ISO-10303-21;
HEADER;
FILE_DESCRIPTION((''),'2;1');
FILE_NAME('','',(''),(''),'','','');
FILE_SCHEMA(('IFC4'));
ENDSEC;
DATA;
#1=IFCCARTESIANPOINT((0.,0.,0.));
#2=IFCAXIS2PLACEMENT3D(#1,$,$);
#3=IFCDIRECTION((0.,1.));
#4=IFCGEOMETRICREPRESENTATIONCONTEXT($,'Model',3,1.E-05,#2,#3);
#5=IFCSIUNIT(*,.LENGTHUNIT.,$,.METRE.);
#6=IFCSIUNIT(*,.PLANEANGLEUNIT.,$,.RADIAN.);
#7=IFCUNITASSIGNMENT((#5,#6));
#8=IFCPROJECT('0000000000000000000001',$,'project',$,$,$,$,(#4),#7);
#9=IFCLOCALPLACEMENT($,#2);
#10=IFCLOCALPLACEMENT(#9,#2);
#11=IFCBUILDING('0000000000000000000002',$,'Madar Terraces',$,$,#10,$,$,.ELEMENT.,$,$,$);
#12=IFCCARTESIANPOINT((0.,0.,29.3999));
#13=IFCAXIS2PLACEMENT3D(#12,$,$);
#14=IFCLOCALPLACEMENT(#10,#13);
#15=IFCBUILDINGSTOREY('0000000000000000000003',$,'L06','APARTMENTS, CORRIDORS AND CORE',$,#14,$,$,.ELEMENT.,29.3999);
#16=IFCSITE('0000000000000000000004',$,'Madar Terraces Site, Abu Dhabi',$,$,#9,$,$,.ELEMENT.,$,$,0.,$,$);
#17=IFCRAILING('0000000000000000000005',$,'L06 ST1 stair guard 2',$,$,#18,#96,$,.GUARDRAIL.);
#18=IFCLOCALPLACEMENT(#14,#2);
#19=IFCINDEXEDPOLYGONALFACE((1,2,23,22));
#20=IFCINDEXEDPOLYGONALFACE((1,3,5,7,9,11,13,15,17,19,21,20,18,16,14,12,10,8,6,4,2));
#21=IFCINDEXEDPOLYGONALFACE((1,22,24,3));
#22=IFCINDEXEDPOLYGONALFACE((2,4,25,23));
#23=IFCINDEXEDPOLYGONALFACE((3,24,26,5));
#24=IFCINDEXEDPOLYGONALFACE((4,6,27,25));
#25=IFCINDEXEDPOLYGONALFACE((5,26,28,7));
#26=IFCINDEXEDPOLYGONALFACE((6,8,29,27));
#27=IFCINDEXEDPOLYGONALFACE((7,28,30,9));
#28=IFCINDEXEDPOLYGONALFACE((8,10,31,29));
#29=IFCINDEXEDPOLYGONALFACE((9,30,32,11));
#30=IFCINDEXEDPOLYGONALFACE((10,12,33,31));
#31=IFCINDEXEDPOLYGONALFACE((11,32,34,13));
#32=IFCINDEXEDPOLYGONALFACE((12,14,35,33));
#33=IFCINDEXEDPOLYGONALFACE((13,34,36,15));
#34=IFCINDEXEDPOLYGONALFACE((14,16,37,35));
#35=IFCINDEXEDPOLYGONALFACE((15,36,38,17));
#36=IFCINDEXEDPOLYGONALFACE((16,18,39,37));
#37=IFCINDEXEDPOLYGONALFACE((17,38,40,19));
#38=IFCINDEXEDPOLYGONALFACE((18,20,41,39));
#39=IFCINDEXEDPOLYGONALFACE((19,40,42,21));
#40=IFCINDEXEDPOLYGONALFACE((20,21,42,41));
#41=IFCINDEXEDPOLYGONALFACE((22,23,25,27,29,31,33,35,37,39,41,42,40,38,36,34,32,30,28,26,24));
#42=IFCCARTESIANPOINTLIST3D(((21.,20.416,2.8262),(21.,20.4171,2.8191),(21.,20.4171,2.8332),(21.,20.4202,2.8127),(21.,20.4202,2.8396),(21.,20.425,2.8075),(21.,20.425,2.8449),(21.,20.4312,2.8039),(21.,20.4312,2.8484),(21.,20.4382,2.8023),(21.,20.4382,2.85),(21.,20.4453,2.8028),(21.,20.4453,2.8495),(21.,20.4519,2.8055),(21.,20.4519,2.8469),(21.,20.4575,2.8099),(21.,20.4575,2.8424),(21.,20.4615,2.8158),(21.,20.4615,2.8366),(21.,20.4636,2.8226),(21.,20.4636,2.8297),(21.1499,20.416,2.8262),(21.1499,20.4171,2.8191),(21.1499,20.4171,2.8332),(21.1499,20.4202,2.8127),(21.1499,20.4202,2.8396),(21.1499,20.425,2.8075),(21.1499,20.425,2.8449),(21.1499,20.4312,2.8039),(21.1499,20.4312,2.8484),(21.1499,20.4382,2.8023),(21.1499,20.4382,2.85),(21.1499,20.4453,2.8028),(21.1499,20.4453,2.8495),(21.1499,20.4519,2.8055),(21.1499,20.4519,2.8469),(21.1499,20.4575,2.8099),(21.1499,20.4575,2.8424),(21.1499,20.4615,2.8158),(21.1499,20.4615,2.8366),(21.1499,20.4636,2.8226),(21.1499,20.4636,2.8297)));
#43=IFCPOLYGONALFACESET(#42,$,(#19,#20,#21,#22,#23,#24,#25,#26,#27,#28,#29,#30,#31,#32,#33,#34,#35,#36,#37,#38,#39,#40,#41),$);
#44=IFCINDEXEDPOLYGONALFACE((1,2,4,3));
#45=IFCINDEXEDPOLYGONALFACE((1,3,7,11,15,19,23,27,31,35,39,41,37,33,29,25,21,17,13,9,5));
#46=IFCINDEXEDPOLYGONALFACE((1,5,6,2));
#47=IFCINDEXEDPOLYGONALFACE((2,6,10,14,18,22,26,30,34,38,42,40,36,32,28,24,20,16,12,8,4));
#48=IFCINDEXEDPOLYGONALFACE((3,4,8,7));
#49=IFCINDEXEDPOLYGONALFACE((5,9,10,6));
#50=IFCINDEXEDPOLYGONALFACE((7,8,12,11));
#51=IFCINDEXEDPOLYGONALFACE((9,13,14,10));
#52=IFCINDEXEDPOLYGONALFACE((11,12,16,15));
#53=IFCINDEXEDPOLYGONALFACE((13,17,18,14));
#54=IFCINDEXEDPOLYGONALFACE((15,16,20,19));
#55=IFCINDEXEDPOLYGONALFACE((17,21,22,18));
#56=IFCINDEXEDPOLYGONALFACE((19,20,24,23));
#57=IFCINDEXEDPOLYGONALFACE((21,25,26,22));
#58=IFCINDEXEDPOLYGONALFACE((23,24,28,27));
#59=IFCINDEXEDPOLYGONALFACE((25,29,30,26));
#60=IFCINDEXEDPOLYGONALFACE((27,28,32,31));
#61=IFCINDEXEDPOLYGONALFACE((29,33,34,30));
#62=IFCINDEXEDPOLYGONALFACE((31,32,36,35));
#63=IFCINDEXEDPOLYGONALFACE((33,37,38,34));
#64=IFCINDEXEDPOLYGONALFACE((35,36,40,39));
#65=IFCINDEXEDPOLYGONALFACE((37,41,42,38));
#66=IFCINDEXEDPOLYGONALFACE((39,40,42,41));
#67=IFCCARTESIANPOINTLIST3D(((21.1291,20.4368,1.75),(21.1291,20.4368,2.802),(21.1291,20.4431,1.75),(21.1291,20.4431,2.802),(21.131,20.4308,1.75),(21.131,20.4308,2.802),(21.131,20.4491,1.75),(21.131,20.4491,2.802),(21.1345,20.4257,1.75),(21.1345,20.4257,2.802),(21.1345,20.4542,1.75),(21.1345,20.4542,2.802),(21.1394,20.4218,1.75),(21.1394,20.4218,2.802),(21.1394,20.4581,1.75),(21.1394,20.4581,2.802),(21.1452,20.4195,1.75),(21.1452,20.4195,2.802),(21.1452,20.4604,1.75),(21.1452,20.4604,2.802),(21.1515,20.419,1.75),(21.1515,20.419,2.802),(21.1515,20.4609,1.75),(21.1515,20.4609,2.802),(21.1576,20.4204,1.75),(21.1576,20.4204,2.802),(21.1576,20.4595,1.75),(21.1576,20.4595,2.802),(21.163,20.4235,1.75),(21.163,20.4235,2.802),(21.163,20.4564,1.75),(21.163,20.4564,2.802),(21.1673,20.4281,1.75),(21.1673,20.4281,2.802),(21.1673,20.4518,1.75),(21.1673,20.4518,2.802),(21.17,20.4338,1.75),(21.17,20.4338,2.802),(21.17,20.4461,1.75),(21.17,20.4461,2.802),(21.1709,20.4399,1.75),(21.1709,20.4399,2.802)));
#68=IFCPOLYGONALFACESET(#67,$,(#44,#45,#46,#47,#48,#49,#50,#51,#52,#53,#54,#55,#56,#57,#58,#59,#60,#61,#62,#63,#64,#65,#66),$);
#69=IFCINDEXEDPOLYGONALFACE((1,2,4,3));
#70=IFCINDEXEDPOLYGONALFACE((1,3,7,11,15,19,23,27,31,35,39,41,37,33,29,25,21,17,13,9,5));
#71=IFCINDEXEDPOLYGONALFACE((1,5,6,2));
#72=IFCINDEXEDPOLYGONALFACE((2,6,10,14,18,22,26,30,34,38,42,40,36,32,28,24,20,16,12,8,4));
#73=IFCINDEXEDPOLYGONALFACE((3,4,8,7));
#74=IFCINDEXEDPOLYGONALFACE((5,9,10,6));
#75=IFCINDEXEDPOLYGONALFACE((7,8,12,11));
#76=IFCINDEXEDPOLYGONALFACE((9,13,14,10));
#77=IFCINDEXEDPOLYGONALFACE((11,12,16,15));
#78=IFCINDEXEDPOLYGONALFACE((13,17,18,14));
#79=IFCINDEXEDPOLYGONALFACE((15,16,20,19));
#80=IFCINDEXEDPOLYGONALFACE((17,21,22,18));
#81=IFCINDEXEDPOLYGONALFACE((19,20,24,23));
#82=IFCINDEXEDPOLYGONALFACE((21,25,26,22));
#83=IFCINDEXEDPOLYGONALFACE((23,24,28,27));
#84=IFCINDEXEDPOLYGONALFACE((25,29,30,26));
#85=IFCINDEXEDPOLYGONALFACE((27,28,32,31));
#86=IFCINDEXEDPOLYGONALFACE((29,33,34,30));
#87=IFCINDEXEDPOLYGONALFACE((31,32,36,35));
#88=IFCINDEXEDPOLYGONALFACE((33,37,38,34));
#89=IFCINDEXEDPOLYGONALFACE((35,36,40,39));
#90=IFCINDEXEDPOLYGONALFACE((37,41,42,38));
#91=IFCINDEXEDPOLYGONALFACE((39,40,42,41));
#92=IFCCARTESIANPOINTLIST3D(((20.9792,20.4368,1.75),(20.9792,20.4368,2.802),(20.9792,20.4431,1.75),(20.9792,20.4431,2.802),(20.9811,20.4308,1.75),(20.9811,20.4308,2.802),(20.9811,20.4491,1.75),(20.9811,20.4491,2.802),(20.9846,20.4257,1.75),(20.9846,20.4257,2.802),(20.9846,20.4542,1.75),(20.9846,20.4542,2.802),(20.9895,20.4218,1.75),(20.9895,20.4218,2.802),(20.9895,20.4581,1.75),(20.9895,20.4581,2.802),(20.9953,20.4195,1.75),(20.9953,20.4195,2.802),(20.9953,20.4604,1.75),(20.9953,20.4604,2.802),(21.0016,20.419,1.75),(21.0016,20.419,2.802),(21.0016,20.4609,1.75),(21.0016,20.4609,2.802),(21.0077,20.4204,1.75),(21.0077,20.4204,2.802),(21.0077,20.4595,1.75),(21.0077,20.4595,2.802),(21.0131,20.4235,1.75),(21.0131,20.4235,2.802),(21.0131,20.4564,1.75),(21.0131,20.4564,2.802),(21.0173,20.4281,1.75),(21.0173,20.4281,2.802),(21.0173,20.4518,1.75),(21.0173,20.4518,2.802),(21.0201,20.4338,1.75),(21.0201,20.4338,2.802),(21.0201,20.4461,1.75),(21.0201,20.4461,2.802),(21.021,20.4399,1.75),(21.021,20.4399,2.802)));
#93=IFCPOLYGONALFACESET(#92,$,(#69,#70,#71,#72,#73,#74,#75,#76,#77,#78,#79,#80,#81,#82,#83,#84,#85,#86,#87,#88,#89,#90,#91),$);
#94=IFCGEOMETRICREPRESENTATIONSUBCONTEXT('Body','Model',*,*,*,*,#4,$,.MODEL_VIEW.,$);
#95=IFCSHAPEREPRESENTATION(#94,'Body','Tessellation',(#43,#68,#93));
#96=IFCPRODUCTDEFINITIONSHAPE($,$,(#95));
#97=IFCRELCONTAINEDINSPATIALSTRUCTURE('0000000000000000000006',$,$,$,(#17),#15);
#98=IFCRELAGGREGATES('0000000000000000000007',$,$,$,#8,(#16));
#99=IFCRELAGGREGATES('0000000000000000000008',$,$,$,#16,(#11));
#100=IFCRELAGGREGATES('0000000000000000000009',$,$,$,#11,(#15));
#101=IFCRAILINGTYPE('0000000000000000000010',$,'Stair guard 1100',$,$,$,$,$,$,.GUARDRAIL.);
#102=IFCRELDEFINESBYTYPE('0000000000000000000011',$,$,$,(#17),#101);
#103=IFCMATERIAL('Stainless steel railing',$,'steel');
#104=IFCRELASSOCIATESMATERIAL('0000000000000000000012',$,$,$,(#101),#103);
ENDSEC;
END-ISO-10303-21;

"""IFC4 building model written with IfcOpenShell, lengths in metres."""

from ifc_helpers import new_model, si_unit, direction, frame, origin, origin_2d, place, context, subcontext, project, spatial, circle, extrude, material, type_object, element, save


model = new_model("IFC4")

# Units and contexts
model_context = context("Model", 3, precision=1e-05, world=origin(), true_north=direction((0.0, 1.0)))
body_context = subcontext(model_context, "Body", "Model", "MODEL_VIEW")
ifc_project = project(units=[si_unit("LENGTHUNIT", "METRE"), si_unit("PLANEANGLEUNIT", "RADIAN")], contexts=[model_context])

# Site, building, storey
site_placement = place(None, origin())
site = spatial("IfcSite", under=ifc_project, at=site_placement, Name="Madar Terraces Site, Abu Dhabi", CompositionType="ELEMENT", RefElevation=0.0)
building_placement = place(site_placement, origin())
building = spatial("IfcBuilding", under=site, at=building_placement, Name="Madar Terraces", CompositionType="ELEMENT")
storey_placement = place(building_placement, frame((0.0, 0.0, 29.3999)))
storey = spatial("IfcBuildingStorey", under=building, at=storey_placement, Name="L06", Description="APARTMENTS, CORRIDORS AND CORE", CompositionType="ELEMENT", Elevation=29.3999)

# Railing
ifc_material_1 = material(Name="Stainless steel railing", Category="steel")
railing_type_1 = type_object("IfcRailingType", Name="Stair guard 1100", PredefinedType="GUARDRAIL", material=ifc_material_1)
railing_1_placement = place(storey_placement, frame((21.1499, 20.4399, 1.75)))
element("IfcRailing", 1, at=railing_1_placement, inside=storey, type_object=railing_type_1, Name="L06 ST1 stair guard 2", PredefinedType="GUARDRAIL", context=body_context, shape_type="SweptSolid", body=[
    extrude(circle(Radius=0.0239, at=origin_2d()), frame((0.0, 0.0, 1.0762), z_axis=(-1.0, 0.0, 0.0), x_axis=(0.0, -1.0, 0.0)), (0.0, 0.0, 1.0), 0.1499),
    extrude(circle(Radius=0.021, at=origin_2d()), origin(), (0.0, 0.0, 1.0), 1.052),
    extrude(circle(Radius=0.021, at=origin_2d()), frame((-0.1499, 0.0, 0.0)), (0.0, 0.0, 1.0), 1.052),
])

save(model, "model.ifc")
